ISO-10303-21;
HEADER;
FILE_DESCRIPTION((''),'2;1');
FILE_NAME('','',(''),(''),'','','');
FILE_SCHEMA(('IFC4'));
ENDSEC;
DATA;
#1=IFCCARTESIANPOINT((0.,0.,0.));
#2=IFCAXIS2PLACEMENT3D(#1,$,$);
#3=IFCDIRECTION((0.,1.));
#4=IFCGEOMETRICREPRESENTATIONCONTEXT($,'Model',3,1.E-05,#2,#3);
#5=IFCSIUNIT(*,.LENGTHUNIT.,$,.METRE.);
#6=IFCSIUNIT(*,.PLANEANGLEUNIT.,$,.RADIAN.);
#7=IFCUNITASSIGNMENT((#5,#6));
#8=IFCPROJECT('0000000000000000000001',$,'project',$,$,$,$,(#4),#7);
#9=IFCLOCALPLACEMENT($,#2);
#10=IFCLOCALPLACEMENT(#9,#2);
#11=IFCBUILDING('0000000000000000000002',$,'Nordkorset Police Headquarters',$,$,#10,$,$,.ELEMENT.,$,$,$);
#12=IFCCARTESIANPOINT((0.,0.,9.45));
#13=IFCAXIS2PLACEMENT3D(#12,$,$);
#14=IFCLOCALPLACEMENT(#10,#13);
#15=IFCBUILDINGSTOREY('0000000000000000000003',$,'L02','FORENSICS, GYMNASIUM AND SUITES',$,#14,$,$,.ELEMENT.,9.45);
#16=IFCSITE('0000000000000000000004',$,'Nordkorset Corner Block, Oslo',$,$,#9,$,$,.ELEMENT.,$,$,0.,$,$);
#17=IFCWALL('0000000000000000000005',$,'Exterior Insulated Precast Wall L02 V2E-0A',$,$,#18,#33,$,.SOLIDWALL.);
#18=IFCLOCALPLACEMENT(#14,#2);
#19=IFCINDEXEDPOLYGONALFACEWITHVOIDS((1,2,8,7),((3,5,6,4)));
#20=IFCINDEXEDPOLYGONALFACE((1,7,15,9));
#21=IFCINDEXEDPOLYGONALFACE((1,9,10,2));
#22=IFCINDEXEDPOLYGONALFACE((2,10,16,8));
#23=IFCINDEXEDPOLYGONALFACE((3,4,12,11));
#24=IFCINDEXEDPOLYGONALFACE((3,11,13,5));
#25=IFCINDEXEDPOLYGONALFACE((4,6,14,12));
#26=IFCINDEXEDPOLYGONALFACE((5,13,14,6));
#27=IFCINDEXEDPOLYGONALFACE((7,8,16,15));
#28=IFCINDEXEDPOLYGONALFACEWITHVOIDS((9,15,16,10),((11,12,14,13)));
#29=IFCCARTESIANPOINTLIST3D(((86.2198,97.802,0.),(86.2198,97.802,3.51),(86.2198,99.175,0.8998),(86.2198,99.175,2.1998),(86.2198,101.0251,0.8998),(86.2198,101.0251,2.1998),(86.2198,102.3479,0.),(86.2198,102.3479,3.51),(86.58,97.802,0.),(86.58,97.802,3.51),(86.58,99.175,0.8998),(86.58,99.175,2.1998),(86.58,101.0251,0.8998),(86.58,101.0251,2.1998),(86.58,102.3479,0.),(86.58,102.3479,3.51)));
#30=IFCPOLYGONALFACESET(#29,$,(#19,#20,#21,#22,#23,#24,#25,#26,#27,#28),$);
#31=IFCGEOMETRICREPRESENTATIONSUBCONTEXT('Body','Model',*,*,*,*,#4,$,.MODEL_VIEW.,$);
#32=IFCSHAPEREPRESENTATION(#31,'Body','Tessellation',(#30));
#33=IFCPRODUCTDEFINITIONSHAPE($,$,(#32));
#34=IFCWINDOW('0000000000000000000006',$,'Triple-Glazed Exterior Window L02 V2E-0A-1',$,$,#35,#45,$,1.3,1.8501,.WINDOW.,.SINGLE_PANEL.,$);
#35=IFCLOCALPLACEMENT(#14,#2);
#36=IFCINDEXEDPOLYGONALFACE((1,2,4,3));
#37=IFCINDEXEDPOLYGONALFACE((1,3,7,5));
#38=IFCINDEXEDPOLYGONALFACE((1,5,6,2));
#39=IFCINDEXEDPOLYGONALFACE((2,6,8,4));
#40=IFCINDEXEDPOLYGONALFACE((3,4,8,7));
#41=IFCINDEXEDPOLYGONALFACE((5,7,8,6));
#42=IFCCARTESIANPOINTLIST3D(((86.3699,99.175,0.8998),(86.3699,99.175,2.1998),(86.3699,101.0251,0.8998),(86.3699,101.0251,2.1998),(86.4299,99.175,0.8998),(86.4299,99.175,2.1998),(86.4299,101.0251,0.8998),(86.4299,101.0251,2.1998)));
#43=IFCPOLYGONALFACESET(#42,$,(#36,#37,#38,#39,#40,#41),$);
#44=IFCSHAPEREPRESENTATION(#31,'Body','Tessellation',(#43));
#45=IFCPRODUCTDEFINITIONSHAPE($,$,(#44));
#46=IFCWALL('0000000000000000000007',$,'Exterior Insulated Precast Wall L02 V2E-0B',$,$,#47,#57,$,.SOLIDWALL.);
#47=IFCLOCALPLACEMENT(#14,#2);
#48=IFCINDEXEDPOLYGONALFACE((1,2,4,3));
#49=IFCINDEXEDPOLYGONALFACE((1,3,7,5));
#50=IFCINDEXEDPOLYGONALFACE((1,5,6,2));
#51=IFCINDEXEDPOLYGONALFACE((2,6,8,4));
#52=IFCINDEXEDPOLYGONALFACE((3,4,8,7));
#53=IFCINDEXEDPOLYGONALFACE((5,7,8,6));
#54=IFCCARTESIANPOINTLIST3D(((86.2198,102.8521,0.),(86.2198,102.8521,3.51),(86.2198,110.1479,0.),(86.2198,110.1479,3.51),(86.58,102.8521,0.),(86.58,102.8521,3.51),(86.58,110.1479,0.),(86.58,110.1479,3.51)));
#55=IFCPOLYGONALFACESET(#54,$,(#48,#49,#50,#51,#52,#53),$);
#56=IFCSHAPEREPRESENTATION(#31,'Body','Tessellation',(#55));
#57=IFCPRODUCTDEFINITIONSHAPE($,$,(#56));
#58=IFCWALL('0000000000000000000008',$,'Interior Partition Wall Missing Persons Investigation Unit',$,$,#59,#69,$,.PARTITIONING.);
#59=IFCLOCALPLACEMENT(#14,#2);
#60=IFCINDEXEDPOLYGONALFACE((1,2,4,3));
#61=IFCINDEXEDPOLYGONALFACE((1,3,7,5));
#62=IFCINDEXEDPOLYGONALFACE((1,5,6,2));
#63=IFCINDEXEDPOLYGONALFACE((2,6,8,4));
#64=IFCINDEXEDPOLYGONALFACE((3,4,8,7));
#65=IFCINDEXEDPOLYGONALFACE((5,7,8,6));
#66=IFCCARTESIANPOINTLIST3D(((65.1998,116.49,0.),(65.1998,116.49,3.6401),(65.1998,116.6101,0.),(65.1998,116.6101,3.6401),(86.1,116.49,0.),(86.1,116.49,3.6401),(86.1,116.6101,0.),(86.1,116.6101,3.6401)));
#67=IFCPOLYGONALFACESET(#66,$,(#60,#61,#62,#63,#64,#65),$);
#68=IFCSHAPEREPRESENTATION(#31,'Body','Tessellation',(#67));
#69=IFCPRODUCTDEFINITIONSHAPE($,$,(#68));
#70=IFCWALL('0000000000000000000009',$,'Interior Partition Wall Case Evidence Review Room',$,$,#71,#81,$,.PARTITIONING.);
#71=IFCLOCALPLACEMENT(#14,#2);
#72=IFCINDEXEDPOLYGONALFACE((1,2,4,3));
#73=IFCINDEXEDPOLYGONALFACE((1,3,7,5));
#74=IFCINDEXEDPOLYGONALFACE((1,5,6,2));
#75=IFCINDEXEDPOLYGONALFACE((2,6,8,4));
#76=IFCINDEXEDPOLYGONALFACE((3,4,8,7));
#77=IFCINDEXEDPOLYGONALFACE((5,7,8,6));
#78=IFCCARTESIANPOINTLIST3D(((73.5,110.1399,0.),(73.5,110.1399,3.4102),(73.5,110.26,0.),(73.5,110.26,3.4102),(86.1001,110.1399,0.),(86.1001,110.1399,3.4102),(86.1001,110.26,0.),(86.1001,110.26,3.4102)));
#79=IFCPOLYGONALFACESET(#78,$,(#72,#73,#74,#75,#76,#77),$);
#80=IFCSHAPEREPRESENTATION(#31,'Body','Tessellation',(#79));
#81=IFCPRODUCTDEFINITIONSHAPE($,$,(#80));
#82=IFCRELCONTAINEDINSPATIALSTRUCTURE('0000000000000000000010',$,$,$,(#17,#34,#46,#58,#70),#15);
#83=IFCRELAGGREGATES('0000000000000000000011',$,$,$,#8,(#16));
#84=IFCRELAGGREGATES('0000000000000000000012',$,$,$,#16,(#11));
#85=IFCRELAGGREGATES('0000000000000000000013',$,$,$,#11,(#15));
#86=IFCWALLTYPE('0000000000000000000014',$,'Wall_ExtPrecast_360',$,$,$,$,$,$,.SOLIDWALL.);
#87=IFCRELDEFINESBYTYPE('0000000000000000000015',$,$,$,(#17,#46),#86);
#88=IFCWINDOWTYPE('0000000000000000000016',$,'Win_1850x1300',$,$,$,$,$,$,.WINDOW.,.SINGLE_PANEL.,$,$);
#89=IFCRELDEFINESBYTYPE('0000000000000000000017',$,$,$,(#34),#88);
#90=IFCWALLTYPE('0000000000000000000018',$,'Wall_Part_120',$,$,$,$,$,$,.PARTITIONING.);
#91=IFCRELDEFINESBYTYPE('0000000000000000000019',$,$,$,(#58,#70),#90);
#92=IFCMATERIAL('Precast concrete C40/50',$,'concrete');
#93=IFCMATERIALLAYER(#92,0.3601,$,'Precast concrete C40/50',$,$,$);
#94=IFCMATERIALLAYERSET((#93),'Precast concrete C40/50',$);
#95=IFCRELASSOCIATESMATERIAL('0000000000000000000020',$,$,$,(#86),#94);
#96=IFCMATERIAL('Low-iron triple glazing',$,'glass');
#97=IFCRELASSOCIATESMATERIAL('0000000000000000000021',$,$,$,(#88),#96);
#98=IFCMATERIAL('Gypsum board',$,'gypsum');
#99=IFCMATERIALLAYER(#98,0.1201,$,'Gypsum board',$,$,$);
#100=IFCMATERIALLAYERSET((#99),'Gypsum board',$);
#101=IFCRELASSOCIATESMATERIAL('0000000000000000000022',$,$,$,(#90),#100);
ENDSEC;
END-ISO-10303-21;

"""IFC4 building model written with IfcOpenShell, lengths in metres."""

from ifc_helpers import new_model, si_unit, direction, frame, frame_2d, origin, place, context, subcontext, project, spatial, rectangle, extrude, material, layer, layer_set, type_object, element, fill, save


model = new_model("IFC4")

# Units and contexts
model_context = context("Model", 3, precision=1e-05, world=origin(), true_north=direction((0.0, 1.0)))
body_context = subcontext(model_context, "Body", "Model", "MODEL_VIEW")
ifc_project = project(units=[si_unit("LENGTHUNIT", "METRE"), si_unit("PLANEANGLEUNIT", "RADIAN")], contexts=[model_context])

# Site, building, storey
site_placement = place(None, origin())
site = spatial("IfcSite", under=ifc_project, at=site_placement, Name="Nordkorset Corner Block, Oslo", CompositionType="ELEMENT", RefElevation=0.0)
building_placement = place(site_placement, origin())
building = spatial("IfcBuilding", under=site, at=building_placement, Name="Nordkorset Police Headquarters", CompositionType="ELEMENT")
storey_placement = place(building_placement, frame((0.0, 0.0, 9.45)))
storey = spatial("IfcBuildingStorey", under=building, at=storey_placement, Name="L02", Description="FORENSICS, GYMNASIUM AND SUITES", CompositionType="ELEMENT", Elevation=9.45)

# Wall, opening, window
ifc_material_1 = material(Name="Precast concrete C40/50", Category="concrete")
ifc_layer_1 = layer(ifc_material_1, 0.3601, Name="Precast concrete C40/50")
ifc_layer_set_1 = layer_set([ifc_layer_1], Name="Precast concrete C40/50")
wall_type_1 = type_object("IfcWallType", Name="Wall_ExtPrecast_360", PredefinedType="SOLIDWALL", material=ifc_layer_set_1)
wall_1_placement = place(storey_placement, frame((86.3999, 97.802, 0.0), z_axis=(0.0, 0.0, 1.0), x_axis=(0.0, 1.0, 0.0)))
wall_1 = element("IfcWall", 1, at=wall_1_placement, inside=storey, type_object=wall_type_1, Name="Exterior Insulated Precast Wall L02 V2E-0A", PredefinedType="SOLIDWALL", context=body_context, shape_type="SweptSolid", body=[
    extrude(rectangle(XDim=4.5459, YDim=0.3601, at=frame_2d((2.2729, 0.0))), origin(), (0.0, 0.0, 1.0), 3.51),
])
opening_placement = place(wall_1_placement, frame((1.373, 0.0, 0.8999)))
opening = element("IfcOpeningElement", 2, at=opening_placement, cuts=wall_1, PredefinedType="OPENING", context=body_context, shape_type="SweptSolid", body=[
    extrude(rectangle(XDim=1.8501, YDim=1.3, at=frame_2d((0.925, 0.6499))), frame((0.0, 0.1899, 0.0), z_axis=(0.0, -1.0, 0.0), x_axis=(1.0, 0.0, 0.0)), (0.0, 0.0, 1.0), 0.3801),
])
ifc_material_2 = material(Name="Low-iron triple glazing", Category="glass")
window_type = type_object("IfcWindowType", Name="Win_1850x1300", PartitioningType="SINGLE_PANEL", PredefinedType="WINDOW", material=ifc_material_2)
window_placement = place(opening_placement, origin())
window = element("IfcWindow", 3, at=window_placement, inside=storey, type_object=window_type, Name="Triple-Glazed Exterior Window L02 V2E-0A-1", OverallHeight=1.3, OverallWidth=1.8501, PartitioningType="SINGLE_PANEL", PredefinedType="WINDOW", context=body_context, shape_type="SweptSolid", body=[
    extrude(rectangle(XDim=1.8501, YDim=1.3, at=frame_2d((0.925, 0.6499))), frame((0.0, 0.03, 0.0), z_axis=(0.0, -1.0, 0.0), x_axis=(1.0, 0.0, 0.0)), (0.0, 0.0, 1.0), 0.0601),
])
fill(opening, window)

# Walls
wall_2_placement = place(storey_placement, frame((86.3999, 102.8521, 0.0), z_axis=(0.0, 0.0, 1.0), x_axis=(0.0, 1.0, 0.0)))
element("IfcWall", 4, at=wall_2_placement, inside=storey, type_object=wall_type_1, Name="Exterior Insulated Precast Wall L02 V2E-0B", PredefinedType="SOLIDWALL", context=body_context, shape_type="SweptSolid", body=[
    extrude(rectangle(XDim=7.2959, YDim=0.3601, at=frame_2d((3.6479, 0.0))), origin(), (0.0, 0.0, 1.0), 3.51),
])
ifc_material_3 = material(Name="Gypsum board", Category="gypsum")
ifc_layer_2 = layer(ifc_material_3, 0.1201, Name="Gypsum board")
ifc_layer_set_2 = layer_set([ifc_layer_2], Name="Gypsum board")
wall_type_2 = type_object("IfcWallType", Name="Wall_Part_120", PredefinedType="PARTITIONING", material=ifc_layer_set_2)
wall_3_placement = place(storey_placement, frame((86.1001, 116.55, 0.0), z_axis=(0.0, 0.0, 1.0), x_axis=(-1.0, 0.0, 0.0)))
element("IfcWall", 5, at=wall_3_placement, inside=storey, type_object=wall_type_2, Name="Interior Partition Wall Missing Persons Investigation Unit", PredefinedType="PARTITIONING", context=body_context, shape_type="SweptSolid", body=[
    extrude(rectangle(XDim=20.9001, YDim=0.1201, at=frame_2d((10.4502, 0.0))), origin(), (0.0, 0.0, 1.0), 3.6401),
])
wall_4_placement = place(storey_placement, frame((86.1001, 110.2, 0.0), z_axis=(0.0, 0.0, 1.0), x_axis=(-1.0, 0.0, 0.0)))
element("IfcWall", 6, at=wall_4_placement, inside=storey, type_object=wall_type_2, Name="Interior Partition Wall Case Evidence Review Room", PredefinedType="PARTITIONING", context=body_context, shape_type="SweptSolid", body=[
    extrude(rectangle(XDim=12.6001, YDim=0.1201, at=frame_2d((6.3, 0.0))), origin(), (0.0, 0.0, 1.0), 3.4102),
])

save(model, "model.ifc")
